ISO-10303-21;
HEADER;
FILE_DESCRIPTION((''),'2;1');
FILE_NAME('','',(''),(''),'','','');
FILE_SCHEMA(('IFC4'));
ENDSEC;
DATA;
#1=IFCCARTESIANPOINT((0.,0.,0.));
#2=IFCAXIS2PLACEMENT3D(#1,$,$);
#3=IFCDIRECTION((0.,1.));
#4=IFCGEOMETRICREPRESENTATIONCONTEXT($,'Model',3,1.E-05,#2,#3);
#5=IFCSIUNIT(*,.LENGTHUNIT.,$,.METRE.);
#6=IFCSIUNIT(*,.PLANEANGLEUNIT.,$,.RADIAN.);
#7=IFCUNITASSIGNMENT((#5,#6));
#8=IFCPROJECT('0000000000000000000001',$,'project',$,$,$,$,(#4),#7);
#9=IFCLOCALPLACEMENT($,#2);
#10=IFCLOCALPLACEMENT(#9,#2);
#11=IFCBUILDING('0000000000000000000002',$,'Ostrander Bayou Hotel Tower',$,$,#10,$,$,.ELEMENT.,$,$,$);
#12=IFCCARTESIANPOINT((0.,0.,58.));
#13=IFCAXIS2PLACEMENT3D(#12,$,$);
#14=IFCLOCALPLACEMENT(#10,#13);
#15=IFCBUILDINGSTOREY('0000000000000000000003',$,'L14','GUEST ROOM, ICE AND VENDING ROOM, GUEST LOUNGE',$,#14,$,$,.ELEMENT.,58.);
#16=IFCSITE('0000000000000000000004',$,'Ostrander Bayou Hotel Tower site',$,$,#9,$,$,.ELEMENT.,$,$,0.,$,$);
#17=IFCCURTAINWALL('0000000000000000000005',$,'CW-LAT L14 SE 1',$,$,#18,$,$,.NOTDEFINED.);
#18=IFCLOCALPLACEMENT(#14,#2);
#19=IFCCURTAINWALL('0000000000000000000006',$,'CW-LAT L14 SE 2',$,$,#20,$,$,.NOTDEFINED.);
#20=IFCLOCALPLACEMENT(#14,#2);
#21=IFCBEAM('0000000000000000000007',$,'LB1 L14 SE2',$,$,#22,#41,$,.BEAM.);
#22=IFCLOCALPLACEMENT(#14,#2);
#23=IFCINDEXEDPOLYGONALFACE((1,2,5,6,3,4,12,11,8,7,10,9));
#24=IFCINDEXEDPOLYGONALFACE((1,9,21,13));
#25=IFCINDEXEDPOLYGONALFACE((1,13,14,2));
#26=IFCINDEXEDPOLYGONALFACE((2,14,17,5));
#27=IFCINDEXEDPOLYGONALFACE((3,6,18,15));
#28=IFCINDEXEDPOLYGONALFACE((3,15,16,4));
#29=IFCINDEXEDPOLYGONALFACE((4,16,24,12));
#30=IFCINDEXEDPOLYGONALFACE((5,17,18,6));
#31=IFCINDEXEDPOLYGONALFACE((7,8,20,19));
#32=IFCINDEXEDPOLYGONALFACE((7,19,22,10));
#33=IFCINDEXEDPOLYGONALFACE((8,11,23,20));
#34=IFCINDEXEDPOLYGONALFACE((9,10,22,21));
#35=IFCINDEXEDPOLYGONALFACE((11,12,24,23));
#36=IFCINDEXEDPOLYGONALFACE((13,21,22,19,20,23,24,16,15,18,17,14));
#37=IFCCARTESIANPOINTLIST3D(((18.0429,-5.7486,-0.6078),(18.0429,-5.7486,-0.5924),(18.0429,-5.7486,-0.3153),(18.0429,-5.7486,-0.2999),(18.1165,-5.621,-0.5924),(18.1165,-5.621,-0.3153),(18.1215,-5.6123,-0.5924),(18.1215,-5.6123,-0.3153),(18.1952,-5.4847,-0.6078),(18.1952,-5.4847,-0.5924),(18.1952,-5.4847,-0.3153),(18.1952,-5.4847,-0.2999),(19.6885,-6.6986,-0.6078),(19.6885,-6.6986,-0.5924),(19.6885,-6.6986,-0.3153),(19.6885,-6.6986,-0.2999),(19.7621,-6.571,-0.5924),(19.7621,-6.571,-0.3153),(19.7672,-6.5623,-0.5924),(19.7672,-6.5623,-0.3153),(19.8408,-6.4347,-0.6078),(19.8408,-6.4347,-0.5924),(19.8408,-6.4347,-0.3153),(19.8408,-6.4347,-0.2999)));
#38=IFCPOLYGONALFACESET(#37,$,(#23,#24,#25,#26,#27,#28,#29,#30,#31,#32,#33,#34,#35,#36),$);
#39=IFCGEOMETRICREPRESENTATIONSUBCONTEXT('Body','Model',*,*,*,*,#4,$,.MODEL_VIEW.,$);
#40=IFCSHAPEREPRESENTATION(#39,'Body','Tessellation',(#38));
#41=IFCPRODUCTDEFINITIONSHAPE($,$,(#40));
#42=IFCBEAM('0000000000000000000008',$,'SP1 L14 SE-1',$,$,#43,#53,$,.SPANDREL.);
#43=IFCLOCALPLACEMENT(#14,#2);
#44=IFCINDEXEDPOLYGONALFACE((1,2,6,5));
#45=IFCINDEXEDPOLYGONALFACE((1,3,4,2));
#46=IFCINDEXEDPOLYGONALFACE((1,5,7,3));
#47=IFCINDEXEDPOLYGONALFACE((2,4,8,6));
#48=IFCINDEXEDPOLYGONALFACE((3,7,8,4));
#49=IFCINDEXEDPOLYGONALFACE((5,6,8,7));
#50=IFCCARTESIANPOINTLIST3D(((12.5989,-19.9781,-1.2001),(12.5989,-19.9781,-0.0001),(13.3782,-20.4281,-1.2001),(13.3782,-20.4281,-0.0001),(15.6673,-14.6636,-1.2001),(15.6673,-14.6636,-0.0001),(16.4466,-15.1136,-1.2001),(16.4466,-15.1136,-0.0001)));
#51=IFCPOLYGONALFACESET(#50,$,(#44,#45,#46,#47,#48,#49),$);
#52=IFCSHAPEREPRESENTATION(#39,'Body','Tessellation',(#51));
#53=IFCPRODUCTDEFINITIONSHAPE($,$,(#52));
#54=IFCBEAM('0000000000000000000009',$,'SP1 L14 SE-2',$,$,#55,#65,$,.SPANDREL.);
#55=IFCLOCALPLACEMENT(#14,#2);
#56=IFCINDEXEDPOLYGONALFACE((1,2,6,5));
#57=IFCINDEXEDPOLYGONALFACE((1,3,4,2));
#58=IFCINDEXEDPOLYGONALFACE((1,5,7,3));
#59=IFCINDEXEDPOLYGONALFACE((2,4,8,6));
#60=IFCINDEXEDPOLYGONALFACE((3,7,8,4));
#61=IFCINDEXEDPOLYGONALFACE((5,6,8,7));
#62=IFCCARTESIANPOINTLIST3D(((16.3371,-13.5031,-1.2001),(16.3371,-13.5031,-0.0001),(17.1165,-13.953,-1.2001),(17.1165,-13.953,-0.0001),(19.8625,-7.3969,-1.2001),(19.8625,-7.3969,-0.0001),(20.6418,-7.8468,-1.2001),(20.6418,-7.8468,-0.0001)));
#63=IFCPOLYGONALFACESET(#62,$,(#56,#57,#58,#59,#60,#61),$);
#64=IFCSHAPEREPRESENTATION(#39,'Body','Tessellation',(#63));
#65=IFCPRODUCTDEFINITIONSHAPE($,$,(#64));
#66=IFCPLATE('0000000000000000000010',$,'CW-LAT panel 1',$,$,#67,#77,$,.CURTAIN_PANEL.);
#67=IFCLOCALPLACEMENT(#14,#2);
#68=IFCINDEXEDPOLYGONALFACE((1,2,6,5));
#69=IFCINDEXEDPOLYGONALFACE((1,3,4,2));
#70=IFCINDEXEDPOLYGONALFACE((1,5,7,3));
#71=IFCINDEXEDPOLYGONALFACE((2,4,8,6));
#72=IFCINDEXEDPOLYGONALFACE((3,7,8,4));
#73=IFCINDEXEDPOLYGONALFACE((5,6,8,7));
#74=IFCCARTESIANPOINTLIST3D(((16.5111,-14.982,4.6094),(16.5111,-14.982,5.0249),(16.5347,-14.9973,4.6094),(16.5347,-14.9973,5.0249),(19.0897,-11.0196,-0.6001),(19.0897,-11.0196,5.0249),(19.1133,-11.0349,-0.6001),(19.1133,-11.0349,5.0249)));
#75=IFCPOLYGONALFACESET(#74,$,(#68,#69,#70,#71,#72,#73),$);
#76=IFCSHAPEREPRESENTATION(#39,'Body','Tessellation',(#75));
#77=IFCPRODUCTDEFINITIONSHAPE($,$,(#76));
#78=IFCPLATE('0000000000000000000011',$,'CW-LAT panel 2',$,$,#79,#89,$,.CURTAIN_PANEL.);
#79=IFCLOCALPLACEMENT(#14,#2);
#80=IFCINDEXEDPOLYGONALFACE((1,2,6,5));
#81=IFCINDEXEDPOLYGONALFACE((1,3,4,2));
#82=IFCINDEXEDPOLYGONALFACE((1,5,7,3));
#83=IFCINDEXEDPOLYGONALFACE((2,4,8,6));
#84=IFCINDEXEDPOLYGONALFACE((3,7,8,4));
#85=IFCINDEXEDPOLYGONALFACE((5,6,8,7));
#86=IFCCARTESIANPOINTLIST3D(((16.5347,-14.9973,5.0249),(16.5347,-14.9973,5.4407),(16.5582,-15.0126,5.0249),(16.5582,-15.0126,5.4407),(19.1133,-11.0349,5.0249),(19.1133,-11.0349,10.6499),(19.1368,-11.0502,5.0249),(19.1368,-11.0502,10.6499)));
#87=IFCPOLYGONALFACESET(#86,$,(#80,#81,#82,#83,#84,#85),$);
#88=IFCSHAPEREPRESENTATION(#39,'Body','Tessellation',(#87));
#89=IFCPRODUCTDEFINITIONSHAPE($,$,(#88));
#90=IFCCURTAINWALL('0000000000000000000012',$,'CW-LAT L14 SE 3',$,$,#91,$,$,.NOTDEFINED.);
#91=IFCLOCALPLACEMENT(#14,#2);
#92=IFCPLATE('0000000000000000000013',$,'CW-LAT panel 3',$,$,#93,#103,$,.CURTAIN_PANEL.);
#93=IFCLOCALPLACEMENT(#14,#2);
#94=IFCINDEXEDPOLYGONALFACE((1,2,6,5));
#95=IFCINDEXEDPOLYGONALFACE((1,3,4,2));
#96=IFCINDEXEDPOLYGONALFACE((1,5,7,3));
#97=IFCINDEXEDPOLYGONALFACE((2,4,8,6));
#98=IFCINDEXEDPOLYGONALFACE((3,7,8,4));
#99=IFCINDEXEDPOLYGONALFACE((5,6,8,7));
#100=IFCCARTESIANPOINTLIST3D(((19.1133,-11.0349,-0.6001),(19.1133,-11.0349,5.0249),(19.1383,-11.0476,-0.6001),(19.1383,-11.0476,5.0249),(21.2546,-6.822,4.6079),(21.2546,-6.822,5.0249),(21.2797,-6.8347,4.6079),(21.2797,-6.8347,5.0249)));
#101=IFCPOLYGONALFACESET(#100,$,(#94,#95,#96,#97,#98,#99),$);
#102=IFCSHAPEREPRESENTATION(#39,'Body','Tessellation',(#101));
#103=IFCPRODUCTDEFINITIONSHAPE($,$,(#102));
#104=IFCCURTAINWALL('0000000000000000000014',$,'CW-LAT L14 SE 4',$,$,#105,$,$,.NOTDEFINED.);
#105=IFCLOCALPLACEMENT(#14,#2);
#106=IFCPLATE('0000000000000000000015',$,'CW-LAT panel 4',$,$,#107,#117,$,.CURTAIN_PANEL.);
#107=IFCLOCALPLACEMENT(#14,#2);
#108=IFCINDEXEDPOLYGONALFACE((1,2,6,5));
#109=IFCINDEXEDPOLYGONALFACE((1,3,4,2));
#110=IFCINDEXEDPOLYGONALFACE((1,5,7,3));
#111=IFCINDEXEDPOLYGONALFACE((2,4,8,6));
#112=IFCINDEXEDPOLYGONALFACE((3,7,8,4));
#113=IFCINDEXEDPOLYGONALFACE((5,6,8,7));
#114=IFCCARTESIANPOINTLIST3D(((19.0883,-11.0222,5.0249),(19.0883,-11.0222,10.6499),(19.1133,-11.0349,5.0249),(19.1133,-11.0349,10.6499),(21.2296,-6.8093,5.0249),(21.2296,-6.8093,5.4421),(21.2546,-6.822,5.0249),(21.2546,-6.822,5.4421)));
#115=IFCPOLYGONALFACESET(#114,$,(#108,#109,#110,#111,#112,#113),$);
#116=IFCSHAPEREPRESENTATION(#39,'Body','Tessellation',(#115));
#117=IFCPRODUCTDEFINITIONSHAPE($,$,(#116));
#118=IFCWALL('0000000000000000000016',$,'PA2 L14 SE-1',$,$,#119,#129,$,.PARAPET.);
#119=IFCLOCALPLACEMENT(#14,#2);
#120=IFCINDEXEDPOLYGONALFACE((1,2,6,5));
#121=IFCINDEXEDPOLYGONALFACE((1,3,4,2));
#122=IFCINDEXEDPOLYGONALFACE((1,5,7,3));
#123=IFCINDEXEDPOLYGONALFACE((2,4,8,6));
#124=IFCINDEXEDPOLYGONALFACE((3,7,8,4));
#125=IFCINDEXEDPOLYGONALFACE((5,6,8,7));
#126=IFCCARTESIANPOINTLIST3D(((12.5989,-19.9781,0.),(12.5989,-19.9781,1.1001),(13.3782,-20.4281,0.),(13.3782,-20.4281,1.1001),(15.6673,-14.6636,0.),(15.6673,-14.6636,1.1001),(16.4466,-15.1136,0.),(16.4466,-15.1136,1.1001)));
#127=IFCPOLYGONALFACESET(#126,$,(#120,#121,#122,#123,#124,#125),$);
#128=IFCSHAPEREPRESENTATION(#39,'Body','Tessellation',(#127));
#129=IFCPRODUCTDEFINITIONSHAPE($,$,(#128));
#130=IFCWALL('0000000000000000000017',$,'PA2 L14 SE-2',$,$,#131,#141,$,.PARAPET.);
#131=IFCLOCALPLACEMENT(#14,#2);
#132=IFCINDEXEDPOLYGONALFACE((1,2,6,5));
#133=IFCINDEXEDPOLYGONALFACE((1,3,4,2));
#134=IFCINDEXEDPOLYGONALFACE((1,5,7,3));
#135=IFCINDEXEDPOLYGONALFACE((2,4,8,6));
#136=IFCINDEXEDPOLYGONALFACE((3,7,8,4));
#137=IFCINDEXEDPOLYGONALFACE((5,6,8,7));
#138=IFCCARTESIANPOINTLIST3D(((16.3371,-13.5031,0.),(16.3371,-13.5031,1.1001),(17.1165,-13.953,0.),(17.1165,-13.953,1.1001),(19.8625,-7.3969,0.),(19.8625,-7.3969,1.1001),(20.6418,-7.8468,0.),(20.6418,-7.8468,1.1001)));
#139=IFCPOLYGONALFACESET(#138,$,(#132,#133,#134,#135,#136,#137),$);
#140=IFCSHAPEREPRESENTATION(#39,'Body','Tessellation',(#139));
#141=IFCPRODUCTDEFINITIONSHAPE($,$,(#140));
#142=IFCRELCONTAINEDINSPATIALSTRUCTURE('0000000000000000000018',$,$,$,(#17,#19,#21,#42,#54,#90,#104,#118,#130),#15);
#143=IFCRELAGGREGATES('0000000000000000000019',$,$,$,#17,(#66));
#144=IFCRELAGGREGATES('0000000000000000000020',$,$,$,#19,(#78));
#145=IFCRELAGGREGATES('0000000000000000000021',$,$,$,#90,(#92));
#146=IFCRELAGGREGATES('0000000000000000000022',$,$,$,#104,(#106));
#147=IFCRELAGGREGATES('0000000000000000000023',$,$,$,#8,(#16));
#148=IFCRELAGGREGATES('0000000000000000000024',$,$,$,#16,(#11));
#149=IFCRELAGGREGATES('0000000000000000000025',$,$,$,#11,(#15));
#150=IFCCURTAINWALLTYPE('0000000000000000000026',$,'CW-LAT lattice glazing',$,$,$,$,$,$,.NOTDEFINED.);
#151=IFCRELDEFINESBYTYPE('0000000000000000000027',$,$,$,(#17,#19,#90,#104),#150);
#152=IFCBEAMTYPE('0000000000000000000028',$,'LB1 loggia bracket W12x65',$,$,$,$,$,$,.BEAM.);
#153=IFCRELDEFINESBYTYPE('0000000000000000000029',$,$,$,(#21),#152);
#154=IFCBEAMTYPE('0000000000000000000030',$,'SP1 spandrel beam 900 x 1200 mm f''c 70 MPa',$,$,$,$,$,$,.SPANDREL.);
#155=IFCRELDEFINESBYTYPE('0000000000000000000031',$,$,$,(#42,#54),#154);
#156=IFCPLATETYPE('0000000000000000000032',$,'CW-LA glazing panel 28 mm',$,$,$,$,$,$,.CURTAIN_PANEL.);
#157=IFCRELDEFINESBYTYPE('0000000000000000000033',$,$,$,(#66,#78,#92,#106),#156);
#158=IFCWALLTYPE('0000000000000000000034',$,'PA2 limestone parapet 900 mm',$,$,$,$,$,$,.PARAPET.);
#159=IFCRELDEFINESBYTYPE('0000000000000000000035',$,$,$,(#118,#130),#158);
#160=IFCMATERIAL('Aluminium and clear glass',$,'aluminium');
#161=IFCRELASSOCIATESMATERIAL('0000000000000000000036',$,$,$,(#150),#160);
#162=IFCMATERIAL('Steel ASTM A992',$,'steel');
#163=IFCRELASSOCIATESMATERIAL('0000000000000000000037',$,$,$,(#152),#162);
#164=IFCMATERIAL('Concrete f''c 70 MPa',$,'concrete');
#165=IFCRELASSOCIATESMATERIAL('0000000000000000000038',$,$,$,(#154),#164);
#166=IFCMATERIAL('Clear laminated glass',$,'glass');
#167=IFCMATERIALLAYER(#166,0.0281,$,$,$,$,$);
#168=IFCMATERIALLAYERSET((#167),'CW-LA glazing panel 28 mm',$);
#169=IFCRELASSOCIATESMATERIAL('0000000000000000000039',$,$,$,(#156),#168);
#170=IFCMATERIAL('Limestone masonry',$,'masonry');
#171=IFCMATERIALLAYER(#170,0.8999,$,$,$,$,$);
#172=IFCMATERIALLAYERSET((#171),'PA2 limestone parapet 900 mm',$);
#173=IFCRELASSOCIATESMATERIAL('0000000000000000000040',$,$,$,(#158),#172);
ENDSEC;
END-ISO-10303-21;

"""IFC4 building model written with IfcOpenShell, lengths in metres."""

from ifc_helpers import new_model, si_unit, direction, frame, frame_2d, origin, origin_2d, place, context, subcontext, project, spatial, polyline, rectangle, i_section, outline, extrude, material, layer, layer_set, material_profile, profile_set, type_object, element, aggregate, save


model = new_model("IFC4")

# Units and contexts
model_context = context("Model", 3, precision=1e-05, world=origin(), true_north=direction((0.0, 1.0)))
body_context = subcontext(model_context, "Body", "Model", "MODEL_VIEW")
ifc_project = project(units=[si_unit("LENGTHUNIT", "METRE"), si_unit("PLANEANGLEUNIT", "RADIAN")], contexts=[model_context])

# Site, building, storey
site_placement = place(None, origin())
site = spatial("IfcSite", under=ifc_project, at=site_placement, Name="Ostrander Bayou Hotel Tower site", CompositionType="ELEMENT", RefElevation=0.0)
building_placement = place(site_placement, origin())
building = spatial("IfcBuilding", under=site, at=building_placement, Name="Ostrander Bayou Hotel Tower", CompositionType="ELEMENT")
storey_placement = place(building_placement, frame((0.0, 0.0, 58.0)))
storey = spatial("IfcBuildingStorey", under=building, at=storey_placement, Name="L14", Description="GUEST ROOM, ICE AND VENDING ROOM, GUEST LOUNGE", CompositionType="ELEMENT", Elevation=58.0)

# Curtain walls
ifc_material_1 = material(Name="Aluminium and clear glass", Category="aluminium")
curtain_wall_type = type_object("IfcCurtainWallType", Name="CW-LAT lattice glazing", PredefinedType="NOTDEFINED", material=ifc_material_1)
curtain_wall_1_placement = place(storey_placement, origin())
curtain_wall_1 = element("IfcCurtainWall", 1, at=curtain_wall_1_placement, inside=storey, type_object=curtain_wall_type, Name="CW-LAT L14 SE 1", PredefinedType="NOTDEFINED")
curtain_wall_2_placement = place(storey_placement, origin())
curtain_wall_2 = element("IfcCurtainWall", 2, at=curtain_wall_2_placement, inside=storey, type_object=curtain_wall_type, Name="CW-LAT L14 SE 2", PredefinedType="NOTDEFINED")

# Beams
ifc_material_2 = material(Name="Steel ASTM A992", Category="steel")
ifc_material_profile_1 = material_profile(ifc_material_2, i_section(OverallWidth=0.3047, OverallDepth=0.3079, WebThickness=0.01, FlangeThickness=0.0154, at=origin_2d()))
ifc_profile_set_1 = profile_set([ifc_material_profile_1], Name="Steel ASTM A992")
beam_type_1 = type_object("IfcBeamType", Name="LB1 loggia bracket W12x65", PredefinedType="BEAM", material=ifc_profile_set_1)
beam_1_placement = place(storey_placement, frame((19.7646, -6.5667, -0.4539), z_axis=(-0.866044, 0.499967, 0.0), x_axis=(-0.499967, -0.866044, 0.0)))
element("IfcBeam", 3, at=beam_1_placement, inside=storey, type_object=beam_type_1, Name="LB1 L14 SE2", PredefinedType="BEAM", context=body_context, shape_type="SweptSolid", body=[
    extrude(i_section(OverallWidth=0.3047, OverallDepth=0.3079, WebThickness=0.01, FlangeThickness=0.0154, at=origin_2d()), origin(), (0.0, 0.0, 1.0), 1.9001),
])
ifc_material_3 = material(Name="Concrete f'c 70 MPa", Category="concrete")
ifc_material_profile_2 = material_profile(ifc_material_3, rectangle(XDim=0.8999, YDim=1.2, at=origin_2d()))
ifc_profile_set_2 = profile_set([ifc_material_profile_2], Name="Concrete f'c 70 MPa")
beam_type_2 = type_object("IfcBeamType", Name="SP1 spandrel beam 900 x 1200 mm f'c 70 MPa", PredefinedType="SPANDREL", material=ifc_profile_set_2)
beam_2_placement = place(storey_placement, frame((12.9885, -20.2031, -0.6001), z_axis=(0.500007, 0.866021, 0.0), x_axis=(-0.866021, 0.500007, 0.0)))
element("IfcBeam", 4, at=beam_2_placement, inside=storey, type_object=beam_type_2, Name="SP1 L14 SE-1", PredefinedType="SPANDREL", context=body_context, shape_type="SweptSolid", body=[
    extrude(rectangle(XDim=0.8999, YDim=1.2, at=origin_2d()), origin(), (0.0, 0.0, 1.0), 6.1367),
])
beam_3_placement = place(storey_placement, frame((16.7268, -13.728, -0.6001), z_axis=(0.499997, 0.866027, 0.0), x_axis=(-0.866027, 0.499997, 0.0)))
element("IfcBeam", 5, at=beam_3_placement, inside=storey, type_object=beam_type_2, Name="SP1 L14 SE-2", PredefinedType="SPANDREL", context=body_context, shape_type="SweptSolid", body=[
    extrude(rectangle(XDim=0.8999, YDim=1.2, at=origin_2d()), origin(), (0.0, 0.0, 1.0), 7.0508),
])

# Plates
ifc_material_4 = material(Name="Clear laminated glass", Category="glass")
ifc_layer_1 = layer(ifc_material_4, 0.0281)
ifc_layer_set_1 = layer_set([ifc_layer_1], Name="CW-LA glazing panel 28 mm")
plate_type = type_object("IfcPlateType", Name="CW-LA glazing panel 28 mm", PredefinedType="CURTAIN_PANEL", material=ifc_layer_set_1)
plate_1_placement = place(storey_placement, frame((16.5347, -14.9973, 4.6094), z_axis=(0.838149, -0.545442, 0.0), x_axis=(0.366551, 0.563257, -0.740528)))
plate_1 = element("IfcPlate", 6, at=plate_1_placement, type_object=plate_type, Name="CW-LAT panel 1", PredefinedType="CURTAIN_PANEL", context=body_context, shape_type="SweptSolid", body=[
    extrude(outline(polyline([(0.0, 0.0), (7.0348, 0.0), (2.8693, 3.7801), (-0.3077, 0.2792), (0.0, 0.0)])), origin(), (0.0, 0.0, -1.0), 0.0281),
])
aggregate(curtain_wall_1, [plate_1])
plate_2_placement = place(storey_placement, frame((16.5347, -14.9973, 5.4407), z_axis=(-0.838149, 0.545442, 0.0), x_axis=(0.36656, 0.563271, 0.740513)))
plate_2 = element("IfcPlate", 7, at=plate_2_placement, type_object=plate_type, Name="CW-LAT panel 2", PredefinedType="CURTAIN_PANEL", context=body_context, shape_type="SweptSolid", body=[
    extrude(outline(polyline([(0.0, 0.0), (7.0346, 0.0), (2.8692, 3.7802), (-0.3079, 0.2794), (0.0, 0.0)])), origin(), (0.0, 0.0, -1.0), 0.0281),
])
aggregate(curtain_wall_2, [plate_2])

# Curtain walls, plates
curtain_wall_3_placement = place(storey_placement, origin())
curtain_wall_3 = element("IfcCurtainWall", 8, at=curtain_wall_3_placement, inside=storey, type_object=curtain_wall_type, Name="CW-LAT L14 SE 3", PredefinedType="NOTDEFINED")
plate_3_placement = place(storey_placement, frame((21.2546, -6.822, 4.6079), z_axis=(-0.891453, 0.453114, 0.0), x_axis=(-0.304491, -0.599053, -0.740554)))
plate_3 = element("IfcPlate", 9, at=plate_3_placement, type_object=plate_type, Name="CW-LAT panel 3", PredefinedType="CURTAIN_PANEL", context=body_context, shape_type="SweptSolid", body=[
    extrude(outline(polyline([(0.0, 0.0), (7.0326, 0.0), (2.867, 3.78), (-0.3088, 0.2802), (0.0, 0.0)])), origin(), (0.0, 0.0, -1.0), 0.0281),
])
aggregate(curtain_wall_3, [plate_3])
curtain_wall_4_placement = place(storey_placement, origin())
curtain_wall_4 = element("IfcCurtainWall", 10, at=curtain_wall_4_placement, inside=storey, type_object=curtain_wall_type, Name="CW-LAT L14 SE 4", PredefinedType="NOTDEFINED")
plate_4_placement = place(storey_placement, frame((21.2546, -6.822, 5.4421), z_axis=(0.891453, -0.453114, 0.0), x_axis=(-0.304499, -0.599069, 0.740539)))
plate_4 = element("IfcPlate", 11, at=plate_4_placement, type_object=plate_type, Name="CW-LAT panel 4", PredefinedType="CURTAIN_PANEL", context=body_context, shape_type="SweptSolid", body=[
    extrude(outline(polyline([(0.0, 0.0), (7.0324, 0.0), (2.8669, 3.7801), (-0.309, 0.2804), (0.0, 0.0)])), origin(), (0.0, 0.0, -1.0), 0.0281),
])
aggregate(curtain_wall_4, [plate_4])

# Walls
ifc_material_5 = material(Name="Limestone masonry", Category="masonry")
ifc_layer_2 = layer(ifc_material_5, 0.8999)
ifc_layer_set_2 = layer_set([ifc_layer_2], Name="PA2 limestone parapet 900 mm")
wall_type = type_object("IfcWallType", Name="PA2 limestone parapet 900 mm", PredefinedType="PARAPET", material=ifc_layer_set_2)
wall_1_placement = place(storey_placement, frame((12.9885, -20.2031, 0.0), z_axis=(0.0, 0.0, 1.0), x_axis=(0.500007, 0.866021, 0.0)))
element("IfcWall", 12, at=wall_1_placement, inside=storey, type_object=wall_type, Name="PA2 L14 SE-1", PredefinedType="PARAPET", context=body_context, shape_type="SweptSolid", body=[
    extrude(rectangle(XDim=6.1367, YDim=0.8999, at=frame_2d((3.0684, 0.0))), origin(), (0.0, 0.0, 1.0), 1.1001),
])
wall_2_placement = place(storey_placement, frame((16.7268, -13.728, 0.0), z_axis=(0.0, 0.0, 1.0), x_axis=(0.499997, 0.866027, 0.0)))
element("IfcWall", 13, at=wall_2_placement, inside=storey, type_object=wall_type, Name="PA2 L14 SE-2", PredefinedType="PARAPET", context=body_context, shape_type="SweptSolid", body=[
    extrude(rectangle(XDim=7.0508, YDim=0.8999, at=frame_2d((3.5254, 0.0))), origin(), (0.0, 0.0, 1.0), 1.1001),
])

save(model, "model.ifc")
